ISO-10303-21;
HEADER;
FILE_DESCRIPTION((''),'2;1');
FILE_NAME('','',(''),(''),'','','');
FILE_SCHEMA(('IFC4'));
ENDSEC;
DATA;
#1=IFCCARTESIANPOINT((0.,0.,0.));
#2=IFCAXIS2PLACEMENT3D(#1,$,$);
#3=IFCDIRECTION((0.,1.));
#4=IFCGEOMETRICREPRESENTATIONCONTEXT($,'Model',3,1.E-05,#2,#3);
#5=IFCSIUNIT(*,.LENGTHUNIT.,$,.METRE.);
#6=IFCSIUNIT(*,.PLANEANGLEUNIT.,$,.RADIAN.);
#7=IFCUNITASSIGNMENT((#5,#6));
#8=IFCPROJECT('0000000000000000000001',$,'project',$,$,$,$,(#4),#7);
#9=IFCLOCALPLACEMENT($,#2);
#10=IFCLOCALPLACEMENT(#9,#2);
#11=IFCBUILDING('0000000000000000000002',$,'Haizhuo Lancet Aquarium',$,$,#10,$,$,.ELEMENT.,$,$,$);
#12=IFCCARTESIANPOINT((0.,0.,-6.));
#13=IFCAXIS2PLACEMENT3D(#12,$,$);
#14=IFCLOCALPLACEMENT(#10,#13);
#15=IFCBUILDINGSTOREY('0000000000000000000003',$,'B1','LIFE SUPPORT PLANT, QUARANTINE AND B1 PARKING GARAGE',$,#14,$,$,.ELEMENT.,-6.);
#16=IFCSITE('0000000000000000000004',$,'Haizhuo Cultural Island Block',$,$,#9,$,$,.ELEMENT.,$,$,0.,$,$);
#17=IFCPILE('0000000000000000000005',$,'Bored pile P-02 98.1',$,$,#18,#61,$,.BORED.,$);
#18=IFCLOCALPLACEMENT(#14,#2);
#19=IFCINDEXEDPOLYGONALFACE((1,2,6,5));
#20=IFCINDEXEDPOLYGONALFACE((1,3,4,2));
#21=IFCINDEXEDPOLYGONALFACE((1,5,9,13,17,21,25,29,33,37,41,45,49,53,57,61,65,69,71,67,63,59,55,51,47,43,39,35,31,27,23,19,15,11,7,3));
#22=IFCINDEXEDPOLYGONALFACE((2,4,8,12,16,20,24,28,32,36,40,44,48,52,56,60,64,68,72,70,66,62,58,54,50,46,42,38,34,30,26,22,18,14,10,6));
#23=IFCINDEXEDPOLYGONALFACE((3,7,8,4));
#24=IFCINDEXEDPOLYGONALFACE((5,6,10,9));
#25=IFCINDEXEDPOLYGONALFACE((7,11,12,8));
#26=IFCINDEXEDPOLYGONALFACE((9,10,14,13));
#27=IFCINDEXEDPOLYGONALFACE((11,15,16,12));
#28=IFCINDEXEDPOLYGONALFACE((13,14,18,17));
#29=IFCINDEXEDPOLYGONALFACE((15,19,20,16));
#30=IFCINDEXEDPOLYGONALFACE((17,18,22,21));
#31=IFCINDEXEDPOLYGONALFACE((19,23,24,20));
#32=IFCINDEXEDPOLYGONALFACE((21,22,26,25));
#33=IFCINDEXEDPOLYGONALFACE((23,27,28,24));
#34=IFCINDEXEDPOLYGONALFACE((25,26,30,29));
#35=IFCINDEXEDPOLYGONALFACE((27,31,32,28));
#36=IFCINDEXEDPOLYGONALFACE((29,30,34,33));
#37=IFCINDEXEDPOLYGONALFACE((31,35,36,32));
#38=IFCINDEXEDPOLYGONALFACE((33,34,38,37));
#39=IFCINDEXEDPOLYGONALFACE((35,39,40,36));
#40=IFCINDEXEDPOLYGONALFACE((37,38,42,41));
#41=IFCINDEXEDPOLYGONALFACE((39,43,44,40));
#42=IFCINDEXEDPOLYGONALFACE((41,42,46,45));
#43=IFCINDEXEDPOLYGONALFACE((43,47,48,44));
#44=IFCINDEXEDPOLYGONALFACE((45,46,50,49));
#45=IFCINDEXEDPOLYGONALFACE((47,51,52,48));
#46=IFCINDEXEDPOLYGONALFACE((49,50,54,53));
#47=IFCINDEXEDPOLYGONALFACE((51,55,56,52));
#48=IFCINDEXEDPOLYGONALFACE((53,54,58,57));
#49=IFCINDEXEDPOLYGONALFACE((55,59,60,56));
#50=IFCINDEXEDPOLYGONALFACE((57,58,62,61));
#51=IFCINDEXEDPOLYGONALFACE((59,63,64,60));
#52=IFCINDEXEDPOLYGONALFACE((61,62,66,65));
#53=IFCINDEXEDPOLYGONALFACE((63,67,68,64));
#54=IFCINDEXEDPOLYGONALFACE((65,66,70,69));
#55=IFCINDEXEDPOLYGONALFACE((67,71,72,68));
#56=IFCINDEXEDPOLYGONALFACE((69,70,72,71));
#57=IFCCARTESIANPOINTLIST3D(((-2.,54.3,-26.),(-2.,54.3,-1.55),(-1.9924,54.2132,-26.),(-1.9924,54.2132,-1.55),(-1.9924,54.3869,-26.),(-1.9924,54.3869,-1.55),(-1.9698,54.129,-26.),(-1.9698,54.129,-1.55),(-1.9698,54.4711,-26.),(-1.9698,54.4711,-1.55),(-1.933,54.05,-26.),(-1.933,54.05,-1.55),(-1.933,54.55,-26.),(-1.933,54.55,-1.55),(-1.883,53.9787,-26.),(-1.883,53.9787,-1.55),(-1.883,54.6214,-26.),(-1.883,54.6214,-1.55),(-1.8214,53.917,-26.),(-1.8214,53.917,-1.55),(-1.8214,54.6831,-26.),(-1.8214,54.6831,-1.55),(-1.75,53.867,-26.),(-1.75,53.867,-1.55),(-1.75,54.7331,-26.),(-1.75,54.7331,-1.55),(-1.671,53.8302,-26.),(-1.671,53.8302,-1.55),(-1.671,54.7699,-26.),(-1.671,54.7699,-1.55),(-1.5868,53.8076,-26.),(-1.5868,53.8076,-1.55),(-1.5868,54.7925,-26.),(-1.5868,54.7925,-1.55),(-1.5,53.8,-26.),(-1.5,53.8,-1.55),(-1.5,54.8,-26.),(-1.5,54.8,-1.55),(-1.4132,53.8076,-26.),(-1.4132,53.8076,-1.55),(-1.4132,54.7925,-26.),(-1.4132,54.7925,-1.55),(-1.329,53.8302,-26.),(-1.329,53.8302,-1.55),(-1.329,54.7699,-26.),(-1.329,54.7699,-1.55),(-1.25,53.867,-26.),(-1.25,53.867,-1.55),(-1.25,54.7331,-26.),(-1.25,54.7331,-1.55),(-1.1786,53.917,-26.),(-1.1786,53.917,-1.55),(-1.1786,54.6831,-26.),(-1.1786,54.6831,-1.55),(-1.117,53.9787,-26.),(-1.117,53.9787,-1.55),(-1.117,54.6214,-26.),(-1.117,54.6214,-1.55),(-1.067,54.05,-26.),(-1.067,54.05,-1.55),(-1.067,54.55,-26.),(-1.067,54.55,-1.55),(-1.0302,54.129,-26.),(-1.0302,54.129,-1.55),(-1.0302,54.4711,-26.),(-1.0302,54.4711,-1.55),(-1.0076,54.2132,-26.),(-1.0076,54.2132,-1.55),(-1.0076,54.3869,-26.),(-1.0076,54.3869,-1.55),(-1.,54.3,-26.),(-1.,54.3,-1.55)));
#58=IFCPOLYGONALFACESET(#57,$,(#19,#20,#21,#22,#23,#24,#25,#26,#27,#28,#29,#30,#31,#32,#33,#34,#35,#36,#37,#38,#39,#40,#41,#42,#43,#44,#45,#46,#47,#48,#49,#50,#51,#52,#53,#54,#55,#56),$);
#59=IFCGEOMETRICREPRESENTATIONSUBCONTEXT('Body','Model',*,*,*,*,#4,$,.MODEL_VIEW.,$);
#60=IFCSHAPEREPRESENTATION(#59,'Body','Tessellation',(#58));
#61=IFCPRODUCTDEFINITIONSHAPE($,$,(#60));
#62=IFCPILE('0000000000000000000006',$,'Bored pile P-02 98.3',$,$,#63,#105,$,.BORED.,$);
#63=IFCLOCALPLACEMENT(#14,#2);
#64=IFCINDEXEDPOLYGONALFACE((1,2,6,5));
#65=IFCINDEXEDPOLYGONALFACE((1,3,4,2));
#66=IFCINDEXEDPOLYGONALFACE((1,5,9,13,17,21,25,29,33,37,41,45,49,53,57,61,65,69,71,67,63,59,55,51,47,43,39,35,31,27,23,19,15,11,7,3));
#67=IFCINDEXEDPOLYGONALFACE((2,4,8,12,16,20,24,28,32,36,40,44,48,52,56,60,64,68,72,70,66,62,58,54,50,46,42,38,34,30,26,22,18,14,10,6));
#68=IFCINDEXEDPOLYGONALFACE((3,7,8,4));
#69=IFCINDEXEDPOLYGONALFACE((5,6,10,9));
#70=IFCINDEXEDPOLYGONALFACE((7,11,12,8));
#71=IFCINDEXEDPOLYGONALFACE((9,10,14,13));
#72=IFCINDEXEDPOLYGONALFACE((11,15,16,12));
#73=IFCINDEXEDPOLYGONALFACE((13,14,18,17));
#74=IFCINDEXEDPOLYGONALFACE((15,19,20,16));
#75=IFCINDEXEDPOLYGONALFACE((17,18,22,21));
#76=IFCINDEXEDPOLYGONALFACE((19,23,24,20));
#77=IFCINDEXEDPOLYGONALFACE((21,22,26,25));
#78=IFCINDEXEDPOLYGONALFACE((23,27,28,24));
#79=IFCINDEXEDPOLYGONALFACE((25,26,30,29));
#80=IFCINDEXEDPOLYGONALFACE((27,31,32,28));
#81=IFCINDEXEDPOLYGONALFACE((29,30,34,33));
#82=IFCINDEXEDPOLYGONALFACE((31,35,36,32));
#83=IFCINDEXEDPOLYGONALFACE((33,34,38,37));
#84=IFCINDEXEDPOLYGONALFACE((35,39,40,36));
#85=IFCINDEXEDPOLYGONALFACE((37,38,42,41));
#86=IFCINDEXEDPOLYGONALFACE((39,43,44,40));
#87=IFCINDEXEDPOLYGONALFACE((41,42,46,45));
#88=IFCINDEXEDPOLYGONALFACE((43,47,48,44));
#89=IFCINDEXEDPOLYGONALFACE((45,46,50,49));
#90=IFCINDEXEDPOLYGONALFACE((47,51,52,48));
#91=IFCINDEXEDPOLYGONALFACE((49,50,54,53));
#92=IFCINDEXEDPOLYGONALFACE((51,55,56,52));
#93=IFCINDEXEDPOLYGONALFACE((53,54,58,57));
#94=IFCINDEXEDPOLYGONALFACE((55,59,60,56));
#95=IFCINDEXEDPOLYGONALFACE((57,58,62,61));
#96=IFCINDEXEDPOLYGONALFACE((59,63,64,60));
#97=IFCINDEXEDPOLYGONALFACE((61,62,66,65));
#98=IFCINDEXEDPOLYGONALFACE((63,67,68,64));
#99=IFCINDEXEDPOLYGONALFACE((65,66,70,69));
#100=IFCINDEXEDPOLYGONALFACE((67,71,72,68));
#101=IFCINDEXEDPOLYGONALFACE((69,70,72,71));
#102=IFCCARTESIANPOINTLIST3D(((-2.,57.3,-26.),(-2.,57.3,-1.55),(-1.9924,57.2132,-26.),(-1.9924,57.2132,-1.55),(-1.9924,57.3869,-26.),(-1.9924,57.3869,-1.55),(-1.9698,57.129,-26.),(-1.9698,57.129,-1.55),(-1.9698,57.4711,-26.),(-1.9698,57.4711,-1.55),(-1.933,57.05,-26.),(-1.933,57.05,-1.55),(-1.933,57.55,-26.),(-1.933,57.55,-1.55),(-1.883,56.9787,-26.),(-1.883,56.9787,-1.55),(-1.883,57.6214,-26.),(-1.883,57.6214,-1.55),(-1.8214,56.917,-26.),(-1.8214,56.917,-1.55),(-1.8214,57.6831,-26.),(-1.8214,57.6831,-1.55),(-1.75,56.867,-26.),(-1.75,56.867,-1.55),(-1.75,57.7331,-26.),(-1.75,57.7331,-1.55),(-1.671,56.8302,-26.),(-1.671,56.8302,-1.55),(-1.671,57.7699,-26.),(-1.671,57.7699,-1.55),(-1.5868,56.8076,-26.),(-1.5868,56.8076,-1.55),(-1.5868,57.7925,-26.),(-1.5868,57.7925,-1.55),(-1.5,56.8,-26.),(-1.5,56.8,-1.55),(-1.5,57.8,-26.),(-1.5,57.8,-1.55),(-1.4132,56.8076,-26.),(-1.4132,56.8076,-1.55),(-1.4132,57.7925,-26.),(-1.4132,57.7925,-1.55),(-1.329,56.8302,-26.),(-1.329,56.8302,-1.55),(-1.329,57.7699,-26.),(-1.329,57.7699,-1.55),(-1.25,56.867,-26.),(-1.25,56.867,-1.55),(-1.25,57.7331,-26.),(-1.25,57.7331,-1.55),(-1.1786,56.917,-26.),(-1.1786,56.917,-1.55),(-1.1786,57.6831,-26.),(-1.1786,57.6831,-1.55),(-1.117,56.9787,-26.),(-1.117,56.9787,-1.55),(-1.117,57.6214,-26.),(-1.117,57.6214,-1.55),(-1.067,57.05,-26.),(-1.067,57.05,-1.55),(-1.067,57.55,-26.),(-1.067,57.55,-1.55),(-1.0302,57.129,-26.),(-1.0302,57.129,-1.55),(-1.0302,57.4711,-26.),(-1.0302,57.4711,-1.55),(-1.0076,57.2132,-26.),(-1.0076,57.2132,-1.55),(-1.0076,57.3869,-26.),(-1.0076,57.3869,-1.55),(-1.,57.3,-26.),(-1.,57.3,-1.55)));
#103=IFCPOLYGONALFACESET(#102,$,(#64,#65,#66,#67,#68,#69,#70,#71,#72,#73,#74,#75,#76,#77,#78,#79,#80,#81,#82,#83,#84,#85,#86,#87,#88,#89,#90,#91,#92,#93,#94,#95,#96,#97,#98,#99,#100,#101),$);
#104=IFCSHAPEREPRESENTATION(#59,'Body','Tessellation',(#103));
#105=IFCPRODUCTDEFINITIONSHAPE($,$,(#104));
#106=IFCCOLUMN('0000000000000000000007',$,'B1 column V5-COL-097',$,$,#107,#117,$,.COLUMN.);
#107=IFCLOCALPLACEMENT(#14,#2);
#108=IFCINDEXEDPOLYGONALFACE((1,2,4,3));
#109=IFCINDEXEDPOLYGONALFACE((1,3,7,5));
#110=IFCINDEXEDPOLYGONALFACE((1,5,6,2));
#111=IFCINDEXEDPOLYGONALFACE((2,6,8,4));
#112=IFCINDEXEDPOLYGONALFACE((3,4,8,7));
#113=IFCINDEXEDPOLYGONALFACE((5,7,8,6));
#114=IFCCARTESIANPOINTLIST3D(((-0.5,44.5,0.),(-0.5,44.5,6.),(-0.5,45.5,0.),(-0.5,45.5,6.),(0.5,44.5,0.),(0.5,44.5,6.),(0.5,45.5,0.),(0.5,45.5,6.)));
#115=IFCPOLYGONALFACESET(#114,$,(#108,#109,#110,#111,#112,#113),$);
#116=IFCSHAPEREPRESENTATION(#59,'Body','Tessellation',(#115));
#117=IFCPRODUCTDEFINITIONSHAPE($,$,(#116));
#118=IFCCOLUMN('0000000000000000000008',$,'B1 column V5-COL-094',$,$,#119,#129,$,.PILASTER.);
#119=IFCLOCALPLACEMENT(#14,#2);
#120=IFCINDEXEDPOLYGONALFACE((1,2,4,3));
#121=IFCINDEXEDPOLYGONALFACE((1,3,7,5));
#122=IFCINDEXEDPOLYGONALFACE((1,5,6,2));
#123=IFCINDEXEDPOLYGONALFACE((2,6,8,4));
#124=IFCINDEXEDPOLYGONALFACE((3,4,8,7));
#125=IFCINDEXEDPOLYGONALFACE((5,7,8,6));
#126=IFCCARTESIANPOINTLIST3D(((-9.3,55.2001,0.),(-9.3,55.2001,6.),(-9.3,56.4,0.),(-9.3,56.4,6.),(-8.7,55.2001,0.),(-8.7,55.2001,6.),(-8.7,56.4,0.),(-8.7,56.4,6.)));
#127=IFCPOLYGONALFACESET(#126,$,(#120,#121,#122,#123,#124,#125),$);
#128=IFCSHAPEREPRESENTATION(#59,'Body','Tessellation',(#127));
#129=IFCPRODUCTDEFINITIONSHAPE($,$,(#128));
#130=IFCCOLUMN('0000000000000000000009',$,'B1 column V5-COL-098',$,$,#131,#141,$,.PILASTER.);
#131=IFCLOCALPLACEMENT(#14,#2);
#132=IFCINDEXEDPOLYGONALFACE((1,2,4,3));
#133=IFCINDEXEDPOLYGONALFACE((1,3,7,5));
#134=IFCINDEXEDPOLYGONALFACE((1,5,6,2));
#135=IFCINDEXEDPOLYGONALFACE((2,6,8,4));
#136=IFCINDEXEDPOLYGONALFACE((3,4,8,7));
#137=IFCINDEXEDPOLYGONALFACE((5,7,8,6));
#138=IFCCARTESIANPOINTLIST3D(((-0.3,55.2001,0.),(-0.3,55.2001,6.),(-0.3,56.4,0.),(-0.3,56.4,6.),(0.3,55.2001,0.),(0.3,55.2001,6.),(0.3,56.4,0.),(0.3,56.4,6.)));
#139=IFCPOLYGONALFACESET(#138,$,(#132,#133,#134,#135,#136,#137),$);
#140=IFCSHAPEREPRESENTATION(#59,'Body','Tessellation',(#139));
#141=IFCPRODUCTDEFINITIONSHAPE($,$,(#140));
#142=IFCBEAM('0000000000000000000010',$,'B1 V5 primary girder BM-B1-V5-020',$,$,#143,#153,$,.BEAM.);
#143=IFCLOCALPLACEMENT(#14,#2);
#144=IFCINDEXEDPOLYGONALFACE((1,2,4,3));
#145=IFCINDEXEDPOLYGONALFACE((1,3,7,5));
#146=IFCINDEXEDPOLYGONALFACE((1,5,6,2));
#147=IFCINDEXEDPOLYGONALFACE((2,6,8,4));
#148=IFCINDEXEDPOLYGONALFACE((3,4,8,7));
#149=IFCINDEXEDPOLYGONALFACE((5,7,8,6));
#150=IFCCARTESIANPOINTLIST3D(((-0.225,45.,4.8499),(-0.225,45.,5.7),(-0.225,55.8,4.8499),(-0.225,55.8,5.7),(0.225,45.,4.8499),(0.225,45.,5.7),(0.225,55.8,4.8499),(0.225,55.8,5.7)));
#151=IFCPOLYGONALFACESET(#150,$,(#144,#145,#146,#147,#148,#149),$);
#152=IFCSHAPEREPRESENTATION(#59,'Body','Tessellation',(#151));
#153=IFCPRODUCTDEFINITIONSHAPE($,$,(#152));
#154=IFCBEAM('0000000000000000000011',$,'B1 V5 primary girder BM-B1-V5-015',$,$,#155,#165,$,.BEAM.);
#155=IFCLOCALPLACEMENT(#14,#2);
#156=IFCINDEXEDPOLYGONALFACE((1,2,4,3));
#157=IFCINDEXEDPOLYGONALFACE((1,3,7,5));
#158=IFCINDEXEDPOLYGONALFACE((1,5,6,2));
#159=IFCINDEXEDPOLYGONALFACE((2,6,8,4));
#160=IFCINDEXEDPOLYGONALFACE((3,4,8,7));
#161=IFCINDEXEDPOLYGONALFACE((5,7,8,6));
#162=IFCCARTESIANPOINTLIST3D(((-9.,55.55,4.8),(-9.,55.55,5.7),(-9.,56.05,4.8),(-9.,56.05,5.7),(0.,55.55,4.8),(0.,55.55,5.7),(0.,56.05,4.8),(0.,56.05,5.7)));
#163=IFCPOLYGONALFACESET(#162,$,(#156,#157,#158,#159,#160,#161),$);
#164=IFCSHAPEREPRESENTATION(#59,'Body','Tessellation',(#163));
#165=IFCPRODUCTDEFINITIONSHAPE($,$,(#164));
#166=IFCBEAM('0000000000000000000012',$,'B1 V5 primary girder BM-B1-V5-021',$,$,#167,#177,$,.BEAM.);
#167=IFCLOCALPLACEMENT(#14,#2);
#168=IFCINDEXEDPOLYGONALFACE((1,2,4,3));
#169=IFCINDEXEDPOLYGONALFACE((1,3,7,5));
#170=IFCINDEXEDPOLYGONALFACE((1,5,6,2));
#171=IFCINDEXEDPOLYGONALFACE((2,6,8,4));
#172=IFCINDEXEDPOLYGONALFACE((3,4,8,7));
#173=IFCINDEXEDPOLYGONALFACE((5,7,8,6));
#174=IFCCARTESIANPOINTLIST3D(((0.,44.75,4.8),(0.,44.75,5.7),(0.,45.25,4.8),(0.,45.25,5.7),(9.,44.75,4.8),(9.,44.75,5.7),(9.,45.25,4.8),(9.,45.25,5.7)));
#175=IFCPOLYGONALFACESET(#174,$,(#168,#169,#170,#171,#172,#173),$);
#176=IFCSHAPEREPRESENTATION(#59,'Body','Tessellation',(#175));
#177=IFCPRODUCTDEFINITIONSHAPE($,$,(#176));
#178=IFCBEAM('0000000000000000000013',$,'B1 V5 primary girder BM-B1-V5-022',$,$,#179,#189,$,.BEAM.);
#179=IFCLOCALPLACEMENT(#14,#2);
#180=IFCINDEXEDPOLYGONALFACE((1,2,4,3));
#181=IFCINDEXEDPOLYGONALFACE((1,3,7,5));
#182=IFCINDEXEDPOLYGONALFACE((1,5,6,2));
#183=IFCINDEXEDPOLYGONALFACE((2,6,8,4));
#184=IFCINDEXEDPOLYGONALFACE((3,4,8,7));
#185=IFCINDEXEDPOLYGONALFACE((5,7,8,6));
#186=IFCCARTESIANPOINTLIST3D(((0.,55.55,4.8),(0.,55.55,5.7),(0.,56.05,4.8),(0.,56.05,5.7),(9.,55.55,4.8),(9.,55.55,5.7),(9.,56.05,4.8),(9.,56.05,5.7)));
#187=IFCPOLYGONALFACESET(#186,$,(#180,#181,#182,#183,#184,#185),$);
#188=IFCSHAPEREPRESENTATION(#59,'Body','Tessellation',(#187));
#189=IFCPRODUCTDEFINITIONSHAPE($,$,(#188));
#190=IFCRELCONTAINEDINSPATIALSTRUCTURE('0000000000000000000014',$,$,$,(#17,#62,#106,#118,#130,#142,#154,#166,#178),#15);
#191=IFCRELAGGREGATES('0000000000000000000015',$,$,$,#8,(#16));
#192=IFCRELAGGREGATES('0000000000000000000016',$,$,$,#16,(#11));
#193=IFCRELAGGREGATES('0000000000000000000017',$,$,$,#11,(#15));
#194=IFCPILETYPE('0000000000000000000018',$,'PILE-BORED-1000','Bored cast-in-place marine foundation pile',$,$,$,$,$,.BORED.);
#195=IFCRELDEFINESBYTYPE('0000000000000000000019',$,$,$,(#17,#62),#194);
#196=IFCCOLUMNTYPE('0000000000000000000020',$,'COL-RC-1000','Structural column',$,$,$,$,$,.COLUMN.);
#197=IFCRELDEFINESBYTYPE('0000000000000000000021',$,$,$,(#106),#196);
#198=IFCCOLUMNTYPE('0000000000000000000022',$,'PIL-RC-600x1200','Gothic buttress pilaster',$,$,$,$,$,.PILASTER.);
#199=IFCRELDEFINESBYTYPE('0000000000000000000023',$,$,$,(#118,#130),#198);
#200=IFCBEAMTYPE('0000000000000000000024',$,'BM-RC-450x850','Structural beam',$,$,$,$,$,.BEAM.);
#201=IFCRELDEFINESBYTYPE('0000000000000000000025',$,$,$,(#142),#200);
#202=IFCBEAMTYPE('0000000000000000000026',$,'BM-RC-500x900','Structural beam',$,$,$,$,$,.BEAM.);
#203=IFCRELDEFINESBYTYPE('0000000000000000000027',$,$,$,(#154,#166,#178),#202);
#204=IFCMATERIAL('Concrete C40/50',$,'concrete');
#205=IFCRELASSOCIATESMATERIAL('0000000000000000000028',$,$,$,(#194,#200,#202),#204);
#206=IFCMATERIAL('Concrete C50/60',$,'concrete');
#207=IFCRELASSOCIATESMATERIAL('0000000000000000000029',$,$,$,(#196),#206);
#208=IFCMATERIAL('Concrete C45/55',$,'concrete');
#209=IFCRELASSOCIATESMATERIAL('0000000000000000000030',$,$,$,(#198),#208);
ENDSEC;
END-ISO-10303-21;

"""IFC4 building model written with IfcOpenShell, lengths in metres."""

from ifc_helpers import new_model, si_unit, direction, frame, origin, origin_2d, place, context, subcontext, project, spatial, rectangle, circle, extrude, material, material_profile, profile_set, type_object, element, save


model = new_model("IFC4")

# Units and contexts
model_context = context("Model", 3, precision=1e-05, world=origin(), true_north=direction((0.0, 1.0)))
body_context = subcontext(model_context, "Body", "Model", "MODEL_VIEW")
ifc_project = project(units=[si_unit("LENGTHUNIT", "METRE"), si_unit("PLANEANGLEUNIT", "RADIAN")], contexts=[model_context])

# Site, building, storey
site_placement = place(None, origin())
site = spatial("IfcSite", under=ifc_project, at=site_placement, Name="Haizhuo Cultural Island Block", CompositionType="ELEMENT", RefElevation=0.0)
building_placement = place(site_placement, origin())
building = spatial("IfcBuilding", under=site, at=building_placement, Name="Haizhuo Lancet Aquarium", CompositionType="ELEMENT")
storey_placement = place(building_placement, frame((0.0, 0.0, -6.0)))
storey = spatial("IfcBuildingStorey", under=building, at=storey_placement, Name="B1", Description="LIFE SUPPORT PLANT, QUARANTINE AND B1 PARKING GARAGE", CompositionType="ELEMENT", Elevation=-6.0)

# Shared definitions
ifc_material_1 = material(Name="Concrete C40/50", Category="concrete")

# Piles
ifc_material_profile_1 = material_profile(ifc_material_1, circle(Radius=0.5, at=origin_2d()), Name="PILE-1000")
ifc_profile_set_1 = profile_set([ifc_material_profile_1], Name="Concrete C40/50")
pile_type = type_object("IfcPileType", Name="PILE-BORED-1000", Description="Bored cast-in-place marine foundation pile", PredefinedType="BORED", material=ifc_profile_set_1)
for number, where, z_axis, x_axis, name in (
    (1, (-1.5, 54.3, -1.55), (0.0, 0.0, -1.0), (1.0, 0.0, 0.0), "Bored pile P-02 98.1"),
    (2, (-1.5, 57.3, -1.55), (0.0, 0.0, -1.0), (1.0, 0.0, 0.0), "Bored pile P-02 98.3"),
):
    element("IfcPile", number, at=place(storey_placement, frame(where, z_axis=z_axis, x_axis=x_axis)), inside=storey, type_object=pile_type, Name=name, PredefinedType="BORED", context=body_context, shape_type="SweptSolid", body=[
        extrude(circle(Radius=0.5, at=origin_2d()), origin(), (0.0, 0.0, 1.0), 24.45),
    ])

# Columns
ifc_material_2 = material(Name="Concrete C50/60", Category="concrete")
ifc_material_profile_2 = material_profile(ifc_material_2, rectangle(XDim=1.0, YDim=1.0, at=origin_2d()), Name="RC-COL 1000x1000")
ifc_profile_set_2 = profile_set([ifc_material_profile_2], Name="Concrete C50/60")
column_type_1 = type_object("IfcColumnType", Name="COL-RC-1000", Description="Structural column", PredefinedType="COLUMN", material=ifc_profile_set_2)
column_placement = place(storey_placement, frame((0.0, 45.0, 0.0), z_axis=(0.0, 0.0, 1.0), x_axis=(1.0, 0.0, 0.0)))
element("IfcColumn", 3, at=column_placement, inside=storey, type_object=column_type_1, Name="B1 column V5-COL-097", PredefinedType="COLUMN", context=body_context, shape_type="SweptSolid", body=[
    extrude(rectangle(XDim=1.0, YDim=1.0, at=origin_2d()), origin(), (0.0, 0.0, 1.0), 6.0),
])
ifc_material_3 = material(Name="Concrete C45/55", Category="concrete")
ifc_material_profile_3 = material_profile(ifc_material_3, rectangle(XDim=0.6001, YDim=1.2, at=origin_2d()), Name="RC-PIL 600x1200")
ifc_profile_set_3 = profile_set([ifc_material_profile_3], Name="Concrete C45/55")
column_type_2 = type_object("IfcColumnType", Name="PIL-RC-600x1200", Description="Gothic buttress pilaster", PredefinedType="PILASTER", material=ifc_profile_set_3)
for number, where, z_axis, x_axis, name in (
    (4, (-9.0, 55.8, 0.0), (0.0, 0.0, 1.0), (1.0, 0.0, 0.0), "B1 column V5-COL-094"),
    (5, (0.0, 55.8, 0.0), (0.0, 0.0, 1.0), (1.0, 0.0, 0.0), "B1 column V5-COL-098"),
):
    element("IfcColumn", number, at=place(storey_placement, frame(where, z_axis=z_axis, x_axis=x_axis)), inside=storey, type_object=column_type_2, Name=name, PredefinedType="PILASTER", context=body_context, shape_type="SweptSolid", body=[
        extrude(rectangle(XDim=0.6001, YDim=1.2, at=origin_2d()), origin(), (0.0, 0.0, 1.0), 6.0),
    ])

# Beams
ifc_material_profile_4 = material_profile(ifc_material_1, rectangle(XDim=0.45, YDim=0.8501, at=origin_2d()), Name="RC-BM 450x850")
ifc_profile_set_4 = profile_set([ifc_material_profile_4], Name="Concrete C40/50")
beam_type_1 = type_object("IfcBeamType", Name="BM-RC-450x850", Description="Structural beam", PredefinedType="BEAM", material=ifc_profile_set_4)
beam_1_placement = place(storey_placement, frame((0.0, 45.0, 5.2749), z_axis=(0.0, 1.0, 0.0), x_axis=(-1.0, 0.0, 0.0)))
element("IfcBeam", 6, at=beam_1_placement, inside=storey, type_object=beam_type_1, Name="B1 V5 primary girder BM-B1-V5-020", PredefinedType="BEAM", context=body_context, shape_type="SweptSolid", body=[
    extrude(rectangle(XDim=0.45, YDim=0.8501, at=origin_2d()), origin(), (0.0, 0.0, 1.0), 10.8),
])
ifc_material_profile_5 = material_profile(ifc_material_1, rectangle(XDim=0.5, YDim=0.8999, at=origin_2d()), Name="RC-BM 500x900")
ifc_profile_set_5 = profile_set([ifc_material_profile_5], Name="Concrete C40/50")
beam_type_2 = type_object("IfcBeamType", Name="BM-RC-500x900", Description="Structural beam", PredefinedType="BEAM", material=ifc_profile_set_5)
for number, where, z_axis, x_axis, name in (
    (7, (-9.0, 55.8, 5.25), (1.0, 0.0, 0.0), (0.0, 1.0, 0.0), "B1 V5 primary girder BM-B1-V5-015"),
    (8, (0.0, 45.0, 5.25), (1.0, 0.0, 0.0), (0.0, 1.0, 0.0), "B1 V5 primary girder BM-B1-V5-021"),
    (9, (0.0, 55.8, 5.25), (1.0, 0.0, 0.0), (0.0, 1.0, 0.0), "B1 V5 primary girder BM-B1-V5-022"),
):
    element("IfcBeam", number, at=place(storey_placement, frame(where, z_axis=z_axis, x_axis=x_axis)), inside=storey, type_object=beam_type_2, Name=name, PredefinedType="BEAM", context=body_context, shape_type="SweptSolid", body=[
        extrude(rectangle(XDim=0.5, YDim=0.8999, at=origin_2d()), origin(), (0.0, 0.0, 1.0), 9.0),
    ])

save(model, "model.ifc")
